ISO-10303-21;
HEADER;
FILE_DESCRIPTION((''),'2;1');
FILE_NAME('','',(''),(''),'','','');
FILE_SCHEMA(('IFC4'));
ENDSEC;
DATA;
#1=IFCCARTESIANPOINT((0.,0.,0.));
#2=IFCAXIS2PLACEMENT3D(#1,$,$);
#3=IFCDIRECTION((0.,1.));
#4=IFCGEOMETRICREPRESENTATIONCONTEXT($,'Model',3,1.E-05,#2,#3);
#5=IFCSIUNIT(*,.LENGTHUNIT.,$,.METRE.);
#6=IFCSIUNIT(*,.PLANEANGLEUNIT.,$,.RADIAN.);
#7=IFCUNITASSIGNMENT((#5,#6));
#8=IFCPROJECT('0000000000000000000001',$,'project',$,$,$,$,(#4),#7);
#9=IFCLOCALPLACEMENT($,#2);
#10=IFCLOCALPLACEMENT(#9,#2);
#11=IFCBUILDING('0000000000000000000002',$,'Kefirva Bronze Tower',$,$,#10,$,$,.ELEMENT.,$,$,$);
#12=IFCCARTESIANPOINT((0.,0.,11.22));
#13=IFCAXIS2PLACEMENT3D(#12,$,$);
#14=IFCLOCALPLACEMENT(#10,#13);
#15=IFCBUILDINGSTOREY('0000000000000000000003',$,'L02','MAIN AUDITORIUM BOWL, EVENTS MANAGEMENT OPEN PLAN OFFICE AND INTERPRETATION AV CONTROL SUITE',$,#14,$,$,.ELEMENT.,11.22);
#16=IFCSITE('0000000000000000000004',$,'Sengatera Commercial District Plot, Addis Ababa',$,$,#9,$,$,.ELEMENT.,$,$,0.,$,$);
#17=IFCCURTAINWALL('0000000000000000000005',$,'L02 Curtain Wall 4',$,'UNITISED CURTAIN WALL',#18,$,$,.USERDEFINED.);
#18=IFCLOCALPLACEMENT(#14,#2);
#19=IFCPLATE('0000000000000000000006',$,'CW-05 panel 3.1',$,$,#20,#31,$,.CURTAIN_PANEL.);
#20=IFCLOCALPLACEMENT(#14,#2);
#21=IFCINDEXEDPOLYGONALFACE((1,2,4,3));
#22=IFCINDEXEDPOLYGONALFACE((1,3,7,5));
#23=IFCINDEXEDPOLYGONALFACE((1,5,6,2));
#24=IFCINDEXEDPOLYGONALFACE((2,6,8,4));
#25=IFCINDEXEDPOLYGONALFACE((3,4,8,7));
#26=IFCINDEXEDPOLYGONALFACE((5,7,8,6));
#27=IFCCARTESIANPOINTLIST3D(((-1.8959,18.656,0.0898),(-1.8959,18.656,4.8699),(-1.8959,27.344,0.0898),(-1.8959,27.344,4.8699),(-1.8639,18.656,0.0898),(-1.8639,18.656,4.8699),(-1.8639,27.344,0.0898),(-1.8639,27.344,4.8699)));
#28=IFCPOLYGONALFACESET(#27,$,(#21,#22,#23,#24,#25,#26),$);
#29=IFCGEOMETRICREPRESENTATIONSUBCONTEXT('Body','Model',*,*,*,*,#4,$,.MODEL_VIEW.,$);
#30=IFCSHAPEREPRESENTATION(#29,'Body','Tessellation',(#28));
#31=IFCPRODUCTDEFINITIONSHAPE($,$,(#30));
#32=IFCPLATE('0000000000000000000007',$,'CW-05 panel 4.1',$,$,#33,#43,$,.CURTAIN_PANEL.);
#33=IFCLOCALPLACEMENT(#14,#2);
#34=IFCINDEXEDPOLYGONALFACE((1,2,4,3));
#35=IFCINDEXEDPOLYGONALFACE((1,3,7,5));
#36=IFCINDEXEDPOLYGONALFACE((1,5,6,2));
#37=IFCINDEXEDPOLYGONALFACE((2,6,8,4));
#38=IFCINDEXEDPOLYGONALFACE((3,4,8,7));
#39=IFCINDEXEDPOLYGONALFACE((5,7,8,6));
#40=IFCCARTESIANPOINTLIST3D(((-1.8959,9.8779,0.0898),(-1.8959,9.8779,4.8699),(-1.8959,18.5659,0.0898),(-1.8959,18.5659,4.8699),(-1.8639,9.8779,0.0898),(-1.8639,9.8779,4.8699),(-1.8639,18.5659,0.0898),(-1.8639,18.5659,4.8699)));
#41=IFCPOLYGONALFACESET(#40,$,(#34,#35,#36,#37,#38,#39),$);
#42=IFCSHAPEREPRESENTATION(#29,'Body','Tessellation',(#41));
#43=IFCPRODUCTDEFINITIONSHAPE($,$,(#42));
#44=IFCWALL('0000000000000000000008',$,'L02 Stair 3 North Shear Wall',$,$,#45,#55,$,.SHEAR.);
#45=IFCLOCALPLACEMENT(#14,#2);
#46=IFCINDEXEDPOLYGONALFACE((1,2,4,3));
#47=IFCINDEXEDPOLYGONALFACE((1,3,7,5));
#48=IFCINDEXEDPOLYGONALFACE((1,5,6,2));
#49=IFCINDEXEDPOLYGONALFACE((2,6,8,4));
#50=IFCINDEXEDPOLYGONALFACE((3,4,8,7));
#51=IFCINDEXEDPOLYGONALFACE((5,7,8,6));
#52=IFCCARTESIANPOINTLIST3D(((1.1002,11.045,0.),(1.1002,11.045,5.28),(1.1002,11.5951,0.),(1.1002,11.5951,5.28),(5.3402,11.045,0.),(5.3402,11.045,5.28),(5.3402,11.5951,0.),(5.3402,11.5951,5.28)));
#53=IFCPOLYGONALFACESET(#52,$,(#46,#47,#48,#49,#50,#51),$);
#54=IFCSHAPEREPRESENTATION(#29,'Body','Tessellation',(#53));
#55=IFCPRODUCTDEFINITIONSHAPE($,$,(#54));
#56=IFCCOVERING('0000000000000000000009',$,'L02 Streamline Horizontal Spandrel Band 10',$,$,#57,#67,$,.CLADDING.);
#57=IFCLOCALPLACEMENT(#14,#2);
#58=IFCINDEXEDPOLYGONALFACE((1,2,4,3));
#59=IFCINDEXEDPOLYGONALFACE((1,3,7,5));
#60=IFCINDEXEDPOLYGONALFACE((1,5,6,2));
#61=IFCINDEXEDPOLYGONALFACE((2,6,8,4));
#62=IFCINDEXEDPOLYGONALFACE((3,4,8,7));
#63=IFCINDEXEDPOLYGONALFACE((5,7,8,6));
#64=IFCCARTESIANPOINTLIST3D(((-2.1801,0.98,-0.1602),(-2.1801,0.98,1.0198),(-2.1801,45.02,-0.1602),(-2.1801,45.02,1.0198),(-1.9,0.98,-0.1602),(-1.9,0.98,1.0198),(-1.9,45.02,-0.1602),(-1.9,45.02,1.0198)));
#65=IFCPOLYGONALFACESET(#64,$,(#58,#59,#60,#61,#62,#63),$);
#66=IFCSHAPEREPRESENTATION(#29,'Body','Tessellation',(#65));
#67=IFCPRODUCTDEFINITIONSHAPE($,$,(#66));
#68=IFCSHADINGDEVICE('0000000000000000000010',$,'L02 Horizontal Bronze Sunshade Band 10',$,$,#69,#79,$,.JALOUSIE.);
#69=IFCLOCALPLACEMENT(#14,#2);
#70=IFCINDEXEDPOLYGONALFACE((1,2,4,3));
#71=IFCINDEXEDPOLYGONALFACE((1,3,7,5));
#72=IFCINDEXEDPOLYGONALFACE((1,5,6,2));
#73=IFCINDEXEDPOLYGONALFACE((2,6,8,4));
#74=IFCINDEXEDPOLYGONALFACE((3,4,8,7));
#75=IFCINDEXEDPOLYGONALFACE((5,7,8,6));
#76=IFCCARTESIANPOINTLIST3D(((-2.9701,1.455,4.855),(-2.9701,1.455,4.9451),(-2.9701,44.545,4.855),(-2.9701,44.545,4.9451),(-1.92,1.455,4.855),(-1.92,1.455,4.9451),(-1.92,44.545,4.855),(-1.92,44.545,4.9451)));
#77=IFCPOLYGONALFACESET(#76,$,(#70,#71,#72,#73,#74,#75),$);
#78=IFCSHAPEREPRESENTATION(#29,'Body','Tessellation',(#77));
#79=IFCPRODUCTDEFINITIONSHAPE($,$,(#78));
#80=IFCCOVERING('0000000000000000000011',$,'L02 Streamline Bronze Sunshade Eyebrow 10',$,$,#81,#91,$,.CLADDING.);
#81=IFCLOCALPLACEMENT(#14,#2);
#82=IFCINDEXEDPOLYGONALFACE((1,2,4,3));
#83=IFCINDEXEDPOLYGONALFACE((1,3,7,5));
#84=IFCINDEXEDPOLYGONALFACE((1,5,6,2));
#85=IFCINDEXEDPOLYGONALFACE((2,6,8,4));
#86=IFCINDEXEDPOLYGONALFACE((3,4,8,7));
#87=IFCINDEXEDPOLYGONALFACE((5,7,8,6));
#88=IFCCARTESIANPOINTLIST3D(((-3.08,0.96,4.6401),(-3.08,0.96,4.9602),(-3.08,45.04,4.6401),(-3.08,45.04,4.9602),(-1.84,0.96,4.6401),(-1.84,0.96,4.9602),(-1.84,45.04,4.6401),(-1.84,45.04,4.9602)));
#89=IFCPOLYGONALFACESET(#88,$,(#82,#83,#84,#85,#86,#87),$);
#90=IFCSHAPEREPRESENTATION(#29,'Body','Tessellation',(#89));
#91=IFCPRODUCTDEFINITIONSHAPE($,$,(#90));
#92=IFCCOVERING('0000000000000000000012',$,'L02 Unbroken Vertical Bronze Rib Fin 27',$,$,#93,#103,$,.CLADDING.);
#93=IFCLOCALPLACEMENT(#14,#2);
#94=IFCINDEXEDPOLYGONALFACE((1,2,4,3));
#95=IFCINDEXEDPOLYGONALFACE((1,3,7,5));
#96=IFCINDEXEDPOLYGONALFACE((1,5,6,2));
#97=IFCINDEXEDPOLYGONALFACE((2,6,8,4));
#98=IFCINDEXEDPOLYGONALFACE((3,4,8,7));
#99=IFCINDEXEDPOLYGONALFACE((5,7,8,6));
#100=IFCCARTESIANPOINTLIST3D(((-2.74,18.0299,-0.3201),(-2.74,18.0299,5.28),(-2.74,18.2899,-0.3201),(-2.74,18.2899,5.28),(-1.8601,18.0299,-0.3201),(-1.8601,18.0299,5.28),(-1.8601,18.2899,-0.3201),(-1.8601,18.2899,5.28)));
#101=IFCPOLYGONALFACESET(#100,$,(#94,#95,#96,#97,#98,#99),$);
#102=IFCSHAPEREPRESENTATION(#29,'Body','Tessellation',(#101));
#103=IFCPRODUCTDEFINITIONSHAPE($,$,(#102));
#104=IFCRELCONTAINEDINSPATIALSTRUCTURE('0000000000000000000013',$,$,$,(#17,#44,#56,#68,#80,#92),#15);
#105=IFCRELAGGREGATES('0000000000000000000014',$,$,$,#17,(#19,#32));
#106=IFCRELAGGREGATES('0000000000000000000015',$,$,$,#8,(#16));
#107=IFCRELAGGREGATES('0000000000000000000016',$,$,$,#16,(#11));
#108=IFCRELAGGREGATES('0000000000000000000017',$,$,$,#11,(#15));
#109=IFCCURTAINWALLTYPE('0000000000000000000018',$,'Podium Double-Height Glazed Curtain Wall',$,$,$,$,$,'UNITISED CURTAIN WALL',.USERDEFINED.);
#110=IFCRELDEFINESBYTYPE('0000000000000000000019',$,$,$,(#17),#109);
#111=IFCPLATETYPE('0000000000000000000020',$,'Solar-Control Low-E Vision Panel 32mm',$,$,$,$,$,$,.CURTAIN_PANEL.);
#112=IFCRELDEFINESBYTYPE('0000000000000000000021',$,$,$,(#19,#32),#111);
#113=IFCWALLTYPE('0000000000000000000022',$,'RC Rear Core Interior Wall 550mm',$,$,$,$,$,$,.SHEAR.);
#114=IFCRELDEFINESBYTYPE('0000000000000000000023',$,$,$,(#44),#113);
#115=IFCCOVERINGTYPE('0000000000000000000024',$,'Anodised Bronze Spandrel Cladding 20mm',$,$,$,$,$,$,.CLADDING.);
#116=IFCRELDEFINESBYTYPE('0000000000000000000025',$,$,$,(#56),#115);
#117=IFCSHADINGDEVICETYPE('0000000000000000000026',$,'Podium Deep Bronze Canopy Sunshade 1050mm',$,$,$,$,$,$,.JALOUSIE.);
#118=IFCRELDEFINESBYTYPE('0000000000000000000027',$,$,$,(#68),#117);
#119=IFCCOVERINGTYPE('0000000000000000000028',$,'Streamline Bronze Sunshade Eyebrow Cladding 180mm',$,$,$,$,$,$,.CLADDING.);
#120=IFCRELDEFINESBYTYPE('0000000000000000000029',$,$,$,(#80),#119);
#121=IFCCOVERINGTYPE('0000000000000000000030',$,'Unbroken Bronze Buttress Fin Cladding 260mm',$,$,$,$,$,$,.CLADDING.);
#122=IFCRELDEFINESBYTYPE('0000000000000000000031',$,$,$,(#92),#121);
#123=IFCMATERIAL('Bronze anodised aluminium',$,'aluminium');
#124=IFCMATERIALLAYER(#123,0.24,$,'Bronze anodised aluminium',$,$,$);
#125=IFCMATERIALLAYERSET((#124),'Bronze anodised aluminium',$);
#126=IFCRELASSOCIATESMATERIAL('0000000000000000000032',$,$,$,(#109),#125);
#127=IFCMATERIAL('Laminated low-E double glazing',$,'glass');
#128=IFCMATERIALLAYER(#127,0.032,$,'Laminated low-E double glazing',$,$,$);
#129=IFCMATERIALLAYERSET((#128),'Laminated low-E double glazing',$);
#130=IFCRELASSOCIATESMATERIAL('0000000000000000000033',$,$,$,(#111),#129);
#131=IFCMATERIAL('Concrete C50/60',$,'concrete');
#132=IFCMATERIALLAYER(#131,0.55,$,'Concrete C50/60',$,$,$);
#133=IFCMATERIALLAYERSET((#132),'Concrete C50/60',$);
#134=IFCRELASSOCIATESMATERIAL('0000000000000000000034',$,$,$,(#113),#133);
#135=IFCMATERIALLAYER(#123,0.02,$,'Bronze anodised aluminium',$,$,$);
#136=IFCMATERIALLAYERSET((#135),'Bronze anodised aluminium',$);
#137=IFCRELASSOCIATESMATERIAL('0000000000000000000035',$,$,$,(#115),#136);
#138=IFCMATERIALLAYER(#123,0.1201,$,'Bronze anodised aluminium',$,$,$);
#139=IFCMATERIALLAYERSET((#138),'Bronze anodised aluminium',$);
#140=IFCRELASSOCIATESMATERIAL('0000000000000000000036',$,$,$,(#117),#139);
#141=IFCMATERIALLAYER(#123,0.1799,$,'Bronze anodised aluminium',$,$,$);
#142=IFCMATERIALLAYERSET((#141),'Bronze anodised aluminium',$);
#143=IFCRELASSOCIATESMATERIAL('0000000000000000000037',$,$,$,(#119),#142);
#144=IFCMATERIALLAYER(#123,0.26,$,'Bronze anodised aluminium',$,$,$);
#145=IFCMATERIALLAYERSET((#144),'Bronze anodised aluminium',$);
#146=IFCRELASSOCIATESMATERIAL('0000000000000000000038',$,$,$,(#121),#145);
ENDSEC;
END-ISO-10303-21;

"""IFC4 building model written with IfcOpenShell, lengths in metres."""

from ifc_helpers import new_model, si_unit, direction, frame, frame_2d, origin, origin_2d, place, context, subcontext, project, spatial, rectangle, extrude, material, layer, layer_set, type_object, element, aggregate, save


model = new_model("IFC4")

# Units and contexts
model_context = context("Model", 3, precision=1e-05, world=origin(), true_north=direction((0.0, 1.0)))
body_context = subcontext(model_context, "Body", "Model", "MODEL_VIEW")
ifc_project = project(units=[si_unit("LENGTHUNIT", "METRE"), si_unit("PLANEANGLEUNIT", "RADIAN")], contexts=[model_context])

# Site, building, storey
site_placement = place(None, origin())
site = spatial("IfcSite", under=ifc_project, at=site_placement, Name="Sengatera Commercial District Plot, Addis Ababa", CompositionType="ELEMENT", RefElevation=0.0)
building_placement = place(site_placement, origin())
building = spatial("IfcBuilding", under=site, at=building_placement, Name="Kefirva Bronze Tower", CompositionType="ELEMENT")
storey_placement = place(building_placement, frame((0.0, 0.0, 11.22)))
storey = spatial("IfcBuildingStorey", under=building, at=storey_placement, Name="L02", Description="MAIN AUDITORIUM BOWL, EVENTS MANAGEMENT OPEN PLAN OFFICE AND INTERPRETATION AV CONTROL SUITE", CompositionType="ELEMENT", Elevation=11.22)

# Curtain wall
ifc_material_1 = material(Name="Bronze anodised aluminium", Category="aluminium")
ifc_layer_1 = layer(ifc_material_1, 0.24, Name="Bronze anodised aluminium")
ifc_layer_set_1 = layer_set([ifc_layer_1], Name="Bronze anodised aluminium")
curtain_wall_type = type_object("IfcCurtainWallType", Name="Podium Double-Height Glazed Curtain Wall", ElementType="UNITISED CURTAIN WALL", PredefinedType="USERDEFINED", material=ifc_layer_set_1)
curtain_wall_placement = place(storey_placement, origin())
curtain_wall = element("IfcCurtainWall", 1, at=curtain_wall_placement, inside=storey, type_object=curtain_wall_type, Name="L02 Curtain Wall 4", ObjectType="UNITISED CURTAIN WALL", PredefinedType="USERDEFINED")

# Plates
ifc_material_2 = material(Name="Laminated low-E double glazing", Category="glass")
ifc_layer_2 = layer(ifc_material_2, 0.032, Name="Laminated low-E double glazing")
ifc_layer_set_2 = layer_set([ifc_layer_2], Name="Laminated low-E double glazing")
plate_type = type_object("IfcPlateType", Name="Solar-Control Low-E Vision Panel 32mm", PredefinedType="CURTAIN_PANEL", material=ifc_layer_set_2)
plate_1_placement = place(storey_placement, frame((-1.8799, 23.0, 0.0898), z_axis=(0.0, 0.0, 1.0), x_axis=(0.0, -1.0, 0.0)))
plate_1 = element("IfcPlate", 2, at=plate_1_placement, type_object=plate_type, Name="CW-05 panel 3.1", PredefinedType="CURTAIN_PANEL", context=body_context, shape_type="SweptSolid", body=[
    extrude(rectangle(XDim=8.688, YDim=0.032, at=origin_2d()), origin(), (0.0, 0.0, 1.0), 4.78),
])
plate_2_placement = place(storey_placement, frame((-1.8799, 14.2219, 0.0898), z_axis=(0.0, 0.0, 1.0), x_axis=(0.0, -1.0, 0.0)))
plate_2 = element("IfcPlate", 3, at=plate_2_placement, type_object=plate_type, Name="CW-05 panel 4.1", PredefinedType="CURTAIN_PANEL", context=body_context, shape_type="SweptSolid", body=[
    extrude(rectangle(XDim=8.688, YDim=0.032, at=origin_2d()), origin(), (0.0, 0.0, 1.0), 4.78),
])
aggregate(curtain_wall, [plate_1, plate_2])

# Wall
ifc_material_3 = material(Name="Concrete C50/60", Category="concrete")
ifc_layer_3 = layer(ifc_material_3, 0.55, Name="Concrete C50/60")
ifc_layer_set_3 = layer_set([ifc_layer_3], Name="Concrete C50/60")
wall_type = type_object("IfcWallType", Name="RC Rear Core Interior Wall 550mm", PredefinedType="SHEAR", material=ifc_layer_set_3)
wall_placement = place(storey_placement, frame((1.1001, 11.3201, 0.0), z_axis=(0.0, 0.0, 1.0), x_axis=(1.0, 0.0, 0.0)))
element("IfcWall", 4, at=wall_placement, inside=storey, type_object=wall_type, Name="L02 Stair 3 North Shear Wall", PredefinedType="SHEAR", context=body_context, shape_type="SweptSolid", body=[
    extrude(rectangle(XDim=4.24, YDim=0.55, at=frame_2d((2.1201, 0.0))), origin(), (0.0, 0.0, 1.0), 5.28),
])

# Covering
ifc_layer_4 = layer(ifc_material_1, 0.02, Name="Bronze anodised aluminium")
ifc_layer_set_4 = layer_set([ifc_layer_4], Name="Bronze anodised aluminium")
covering_type_1 = type_object("IfcCoveringType", Name="Anodised Bronze Spandrel Cladding 20mm", PredefinedType="CLADDING", material=ifc_layer_set_4)
covering_1_placement = place(storey_placement, frame((-2.04, 23.0, -0.1602), z_axis=(0.0, 0.0, 1.0), x_axis=(0.0, -1.0, 0.0)))
element("IfcCovering", 5, at=covering_1_placement, inside=storey, type_object=covering_type_1, Name="L02 Streamline Horizontal Spandrel Band 10", PredefinedType="CLADDING", context=body_context, shape_type="SweptSolid", body=[
    extrude(rectangle(XDim=44.04, YDim=0.28, at=origin_2d()), origin(), (0.0, 0.0, 1.0), 1.1799),
])

# Shading device
ifc_layer_5 = layer(ifc_material_1, 0.1201, Name="Bronze anodised aluminium")
ifc_layer_set_5 = layer_set([ifc_layer_5], Name="Bronze anodised aluminium")
shading_device_type = type_object("IfcShadingDeviceType", Name="Podium Deep Bronze Canopy Sunshade 1050mm", PredefinedType="JALOUSIE", material=ifc_layer_set_5)
shading_device_placement = place(storey_placement, frame((-2.4451, 23.0, 4.855), z_axis=(0.0, 0.0, 1.0), x_axis=(0.0, -1.0, 0.0)))
element("IfcShadingDevice", 6, at=shading_device_placement, inside=storey, type_object=shading_device_type, Name="L02 Horizontal Bronze Sunshade Band 10", PredefinedType="JALOUSIE", context=body_context, shape_type="SweptSolid", body=[
    extrude(rectangle(XDim=43.0901, YDim=1.05, at=origin_2d()), origin(), (0.0, 0.0, 1.0), 0.0901),
])

# Coverings
ifc_layer_6 = layer(ifc_material_1, 0.1799, Name="Bronze anodised aluminium")
ifc_layer_set_6 = layer_set([ifc_layer_6], Name="Bronze anodised aluminium")
covering_type_2 = type_object("IfcCoveringType", Name="Streamline Bronze Sunshade Eyebrow Cladding 180mm", PredefinedType="CLADDING", material=ifc_layer_set_6)
covering_2_placement = place(storey_placement, frame((-2.46, 23.0, 4.6401), z_axis=(0.0, 0.0, 1.0), x_axis=(0.0, -1.0, 0.0)))
element("IfcCovering", 7, at=covering_2_placement, inside=storey, type_object=covering_type_2, Name="L02 Streamline Bronze Sunshade Eyebrow 10", PredefinedType="CLADDING", context=body_context, shape_type="SweptSolid", body=[
    extrude(rectangle(XDim=44.0801, YDim=1.24, at=origin_2d()), origin(), (0.0, 0.0, 1.0), 0.3201),
])
ifc_layer_7 = layer(ifc_material_1, 0.26, Name="Bronze anodised aluminium")
ifc_layer_set_7 = layer_set([ifc_layer_7], Name="Bronze anodised aluminium")
covering_type_3 = type_object("IfcCoveringType", Name="Unbroken Bronze Buttress Fin Cladding 260mm", PredefinedType="CLADDING", material=ifc_layer_set_7)
covering_3_placement = place(storey_placement, frame((-2.3, 18.1599, -0.3201), z_axis=(0.0, 0.0, 1.0), x_axis=(0.0, -1.0, 0.0)))
element("IfcCovering", 8, at=covering_3_placement, inside=storey, type_object=covering_type_3, Name="L02 Unbroken Vertical Bronze Rib Fin 27", PredefinedType="CLADDING", context=body_context, shape_type="SweptSolid", body=[
    extrude(rectangle(XDim=0.26, YDim=0.8799, at=origin_2d()), origin(), (0.0, 0.0, 1.0), 5.6001),
])

save(model, "model.ifc")
